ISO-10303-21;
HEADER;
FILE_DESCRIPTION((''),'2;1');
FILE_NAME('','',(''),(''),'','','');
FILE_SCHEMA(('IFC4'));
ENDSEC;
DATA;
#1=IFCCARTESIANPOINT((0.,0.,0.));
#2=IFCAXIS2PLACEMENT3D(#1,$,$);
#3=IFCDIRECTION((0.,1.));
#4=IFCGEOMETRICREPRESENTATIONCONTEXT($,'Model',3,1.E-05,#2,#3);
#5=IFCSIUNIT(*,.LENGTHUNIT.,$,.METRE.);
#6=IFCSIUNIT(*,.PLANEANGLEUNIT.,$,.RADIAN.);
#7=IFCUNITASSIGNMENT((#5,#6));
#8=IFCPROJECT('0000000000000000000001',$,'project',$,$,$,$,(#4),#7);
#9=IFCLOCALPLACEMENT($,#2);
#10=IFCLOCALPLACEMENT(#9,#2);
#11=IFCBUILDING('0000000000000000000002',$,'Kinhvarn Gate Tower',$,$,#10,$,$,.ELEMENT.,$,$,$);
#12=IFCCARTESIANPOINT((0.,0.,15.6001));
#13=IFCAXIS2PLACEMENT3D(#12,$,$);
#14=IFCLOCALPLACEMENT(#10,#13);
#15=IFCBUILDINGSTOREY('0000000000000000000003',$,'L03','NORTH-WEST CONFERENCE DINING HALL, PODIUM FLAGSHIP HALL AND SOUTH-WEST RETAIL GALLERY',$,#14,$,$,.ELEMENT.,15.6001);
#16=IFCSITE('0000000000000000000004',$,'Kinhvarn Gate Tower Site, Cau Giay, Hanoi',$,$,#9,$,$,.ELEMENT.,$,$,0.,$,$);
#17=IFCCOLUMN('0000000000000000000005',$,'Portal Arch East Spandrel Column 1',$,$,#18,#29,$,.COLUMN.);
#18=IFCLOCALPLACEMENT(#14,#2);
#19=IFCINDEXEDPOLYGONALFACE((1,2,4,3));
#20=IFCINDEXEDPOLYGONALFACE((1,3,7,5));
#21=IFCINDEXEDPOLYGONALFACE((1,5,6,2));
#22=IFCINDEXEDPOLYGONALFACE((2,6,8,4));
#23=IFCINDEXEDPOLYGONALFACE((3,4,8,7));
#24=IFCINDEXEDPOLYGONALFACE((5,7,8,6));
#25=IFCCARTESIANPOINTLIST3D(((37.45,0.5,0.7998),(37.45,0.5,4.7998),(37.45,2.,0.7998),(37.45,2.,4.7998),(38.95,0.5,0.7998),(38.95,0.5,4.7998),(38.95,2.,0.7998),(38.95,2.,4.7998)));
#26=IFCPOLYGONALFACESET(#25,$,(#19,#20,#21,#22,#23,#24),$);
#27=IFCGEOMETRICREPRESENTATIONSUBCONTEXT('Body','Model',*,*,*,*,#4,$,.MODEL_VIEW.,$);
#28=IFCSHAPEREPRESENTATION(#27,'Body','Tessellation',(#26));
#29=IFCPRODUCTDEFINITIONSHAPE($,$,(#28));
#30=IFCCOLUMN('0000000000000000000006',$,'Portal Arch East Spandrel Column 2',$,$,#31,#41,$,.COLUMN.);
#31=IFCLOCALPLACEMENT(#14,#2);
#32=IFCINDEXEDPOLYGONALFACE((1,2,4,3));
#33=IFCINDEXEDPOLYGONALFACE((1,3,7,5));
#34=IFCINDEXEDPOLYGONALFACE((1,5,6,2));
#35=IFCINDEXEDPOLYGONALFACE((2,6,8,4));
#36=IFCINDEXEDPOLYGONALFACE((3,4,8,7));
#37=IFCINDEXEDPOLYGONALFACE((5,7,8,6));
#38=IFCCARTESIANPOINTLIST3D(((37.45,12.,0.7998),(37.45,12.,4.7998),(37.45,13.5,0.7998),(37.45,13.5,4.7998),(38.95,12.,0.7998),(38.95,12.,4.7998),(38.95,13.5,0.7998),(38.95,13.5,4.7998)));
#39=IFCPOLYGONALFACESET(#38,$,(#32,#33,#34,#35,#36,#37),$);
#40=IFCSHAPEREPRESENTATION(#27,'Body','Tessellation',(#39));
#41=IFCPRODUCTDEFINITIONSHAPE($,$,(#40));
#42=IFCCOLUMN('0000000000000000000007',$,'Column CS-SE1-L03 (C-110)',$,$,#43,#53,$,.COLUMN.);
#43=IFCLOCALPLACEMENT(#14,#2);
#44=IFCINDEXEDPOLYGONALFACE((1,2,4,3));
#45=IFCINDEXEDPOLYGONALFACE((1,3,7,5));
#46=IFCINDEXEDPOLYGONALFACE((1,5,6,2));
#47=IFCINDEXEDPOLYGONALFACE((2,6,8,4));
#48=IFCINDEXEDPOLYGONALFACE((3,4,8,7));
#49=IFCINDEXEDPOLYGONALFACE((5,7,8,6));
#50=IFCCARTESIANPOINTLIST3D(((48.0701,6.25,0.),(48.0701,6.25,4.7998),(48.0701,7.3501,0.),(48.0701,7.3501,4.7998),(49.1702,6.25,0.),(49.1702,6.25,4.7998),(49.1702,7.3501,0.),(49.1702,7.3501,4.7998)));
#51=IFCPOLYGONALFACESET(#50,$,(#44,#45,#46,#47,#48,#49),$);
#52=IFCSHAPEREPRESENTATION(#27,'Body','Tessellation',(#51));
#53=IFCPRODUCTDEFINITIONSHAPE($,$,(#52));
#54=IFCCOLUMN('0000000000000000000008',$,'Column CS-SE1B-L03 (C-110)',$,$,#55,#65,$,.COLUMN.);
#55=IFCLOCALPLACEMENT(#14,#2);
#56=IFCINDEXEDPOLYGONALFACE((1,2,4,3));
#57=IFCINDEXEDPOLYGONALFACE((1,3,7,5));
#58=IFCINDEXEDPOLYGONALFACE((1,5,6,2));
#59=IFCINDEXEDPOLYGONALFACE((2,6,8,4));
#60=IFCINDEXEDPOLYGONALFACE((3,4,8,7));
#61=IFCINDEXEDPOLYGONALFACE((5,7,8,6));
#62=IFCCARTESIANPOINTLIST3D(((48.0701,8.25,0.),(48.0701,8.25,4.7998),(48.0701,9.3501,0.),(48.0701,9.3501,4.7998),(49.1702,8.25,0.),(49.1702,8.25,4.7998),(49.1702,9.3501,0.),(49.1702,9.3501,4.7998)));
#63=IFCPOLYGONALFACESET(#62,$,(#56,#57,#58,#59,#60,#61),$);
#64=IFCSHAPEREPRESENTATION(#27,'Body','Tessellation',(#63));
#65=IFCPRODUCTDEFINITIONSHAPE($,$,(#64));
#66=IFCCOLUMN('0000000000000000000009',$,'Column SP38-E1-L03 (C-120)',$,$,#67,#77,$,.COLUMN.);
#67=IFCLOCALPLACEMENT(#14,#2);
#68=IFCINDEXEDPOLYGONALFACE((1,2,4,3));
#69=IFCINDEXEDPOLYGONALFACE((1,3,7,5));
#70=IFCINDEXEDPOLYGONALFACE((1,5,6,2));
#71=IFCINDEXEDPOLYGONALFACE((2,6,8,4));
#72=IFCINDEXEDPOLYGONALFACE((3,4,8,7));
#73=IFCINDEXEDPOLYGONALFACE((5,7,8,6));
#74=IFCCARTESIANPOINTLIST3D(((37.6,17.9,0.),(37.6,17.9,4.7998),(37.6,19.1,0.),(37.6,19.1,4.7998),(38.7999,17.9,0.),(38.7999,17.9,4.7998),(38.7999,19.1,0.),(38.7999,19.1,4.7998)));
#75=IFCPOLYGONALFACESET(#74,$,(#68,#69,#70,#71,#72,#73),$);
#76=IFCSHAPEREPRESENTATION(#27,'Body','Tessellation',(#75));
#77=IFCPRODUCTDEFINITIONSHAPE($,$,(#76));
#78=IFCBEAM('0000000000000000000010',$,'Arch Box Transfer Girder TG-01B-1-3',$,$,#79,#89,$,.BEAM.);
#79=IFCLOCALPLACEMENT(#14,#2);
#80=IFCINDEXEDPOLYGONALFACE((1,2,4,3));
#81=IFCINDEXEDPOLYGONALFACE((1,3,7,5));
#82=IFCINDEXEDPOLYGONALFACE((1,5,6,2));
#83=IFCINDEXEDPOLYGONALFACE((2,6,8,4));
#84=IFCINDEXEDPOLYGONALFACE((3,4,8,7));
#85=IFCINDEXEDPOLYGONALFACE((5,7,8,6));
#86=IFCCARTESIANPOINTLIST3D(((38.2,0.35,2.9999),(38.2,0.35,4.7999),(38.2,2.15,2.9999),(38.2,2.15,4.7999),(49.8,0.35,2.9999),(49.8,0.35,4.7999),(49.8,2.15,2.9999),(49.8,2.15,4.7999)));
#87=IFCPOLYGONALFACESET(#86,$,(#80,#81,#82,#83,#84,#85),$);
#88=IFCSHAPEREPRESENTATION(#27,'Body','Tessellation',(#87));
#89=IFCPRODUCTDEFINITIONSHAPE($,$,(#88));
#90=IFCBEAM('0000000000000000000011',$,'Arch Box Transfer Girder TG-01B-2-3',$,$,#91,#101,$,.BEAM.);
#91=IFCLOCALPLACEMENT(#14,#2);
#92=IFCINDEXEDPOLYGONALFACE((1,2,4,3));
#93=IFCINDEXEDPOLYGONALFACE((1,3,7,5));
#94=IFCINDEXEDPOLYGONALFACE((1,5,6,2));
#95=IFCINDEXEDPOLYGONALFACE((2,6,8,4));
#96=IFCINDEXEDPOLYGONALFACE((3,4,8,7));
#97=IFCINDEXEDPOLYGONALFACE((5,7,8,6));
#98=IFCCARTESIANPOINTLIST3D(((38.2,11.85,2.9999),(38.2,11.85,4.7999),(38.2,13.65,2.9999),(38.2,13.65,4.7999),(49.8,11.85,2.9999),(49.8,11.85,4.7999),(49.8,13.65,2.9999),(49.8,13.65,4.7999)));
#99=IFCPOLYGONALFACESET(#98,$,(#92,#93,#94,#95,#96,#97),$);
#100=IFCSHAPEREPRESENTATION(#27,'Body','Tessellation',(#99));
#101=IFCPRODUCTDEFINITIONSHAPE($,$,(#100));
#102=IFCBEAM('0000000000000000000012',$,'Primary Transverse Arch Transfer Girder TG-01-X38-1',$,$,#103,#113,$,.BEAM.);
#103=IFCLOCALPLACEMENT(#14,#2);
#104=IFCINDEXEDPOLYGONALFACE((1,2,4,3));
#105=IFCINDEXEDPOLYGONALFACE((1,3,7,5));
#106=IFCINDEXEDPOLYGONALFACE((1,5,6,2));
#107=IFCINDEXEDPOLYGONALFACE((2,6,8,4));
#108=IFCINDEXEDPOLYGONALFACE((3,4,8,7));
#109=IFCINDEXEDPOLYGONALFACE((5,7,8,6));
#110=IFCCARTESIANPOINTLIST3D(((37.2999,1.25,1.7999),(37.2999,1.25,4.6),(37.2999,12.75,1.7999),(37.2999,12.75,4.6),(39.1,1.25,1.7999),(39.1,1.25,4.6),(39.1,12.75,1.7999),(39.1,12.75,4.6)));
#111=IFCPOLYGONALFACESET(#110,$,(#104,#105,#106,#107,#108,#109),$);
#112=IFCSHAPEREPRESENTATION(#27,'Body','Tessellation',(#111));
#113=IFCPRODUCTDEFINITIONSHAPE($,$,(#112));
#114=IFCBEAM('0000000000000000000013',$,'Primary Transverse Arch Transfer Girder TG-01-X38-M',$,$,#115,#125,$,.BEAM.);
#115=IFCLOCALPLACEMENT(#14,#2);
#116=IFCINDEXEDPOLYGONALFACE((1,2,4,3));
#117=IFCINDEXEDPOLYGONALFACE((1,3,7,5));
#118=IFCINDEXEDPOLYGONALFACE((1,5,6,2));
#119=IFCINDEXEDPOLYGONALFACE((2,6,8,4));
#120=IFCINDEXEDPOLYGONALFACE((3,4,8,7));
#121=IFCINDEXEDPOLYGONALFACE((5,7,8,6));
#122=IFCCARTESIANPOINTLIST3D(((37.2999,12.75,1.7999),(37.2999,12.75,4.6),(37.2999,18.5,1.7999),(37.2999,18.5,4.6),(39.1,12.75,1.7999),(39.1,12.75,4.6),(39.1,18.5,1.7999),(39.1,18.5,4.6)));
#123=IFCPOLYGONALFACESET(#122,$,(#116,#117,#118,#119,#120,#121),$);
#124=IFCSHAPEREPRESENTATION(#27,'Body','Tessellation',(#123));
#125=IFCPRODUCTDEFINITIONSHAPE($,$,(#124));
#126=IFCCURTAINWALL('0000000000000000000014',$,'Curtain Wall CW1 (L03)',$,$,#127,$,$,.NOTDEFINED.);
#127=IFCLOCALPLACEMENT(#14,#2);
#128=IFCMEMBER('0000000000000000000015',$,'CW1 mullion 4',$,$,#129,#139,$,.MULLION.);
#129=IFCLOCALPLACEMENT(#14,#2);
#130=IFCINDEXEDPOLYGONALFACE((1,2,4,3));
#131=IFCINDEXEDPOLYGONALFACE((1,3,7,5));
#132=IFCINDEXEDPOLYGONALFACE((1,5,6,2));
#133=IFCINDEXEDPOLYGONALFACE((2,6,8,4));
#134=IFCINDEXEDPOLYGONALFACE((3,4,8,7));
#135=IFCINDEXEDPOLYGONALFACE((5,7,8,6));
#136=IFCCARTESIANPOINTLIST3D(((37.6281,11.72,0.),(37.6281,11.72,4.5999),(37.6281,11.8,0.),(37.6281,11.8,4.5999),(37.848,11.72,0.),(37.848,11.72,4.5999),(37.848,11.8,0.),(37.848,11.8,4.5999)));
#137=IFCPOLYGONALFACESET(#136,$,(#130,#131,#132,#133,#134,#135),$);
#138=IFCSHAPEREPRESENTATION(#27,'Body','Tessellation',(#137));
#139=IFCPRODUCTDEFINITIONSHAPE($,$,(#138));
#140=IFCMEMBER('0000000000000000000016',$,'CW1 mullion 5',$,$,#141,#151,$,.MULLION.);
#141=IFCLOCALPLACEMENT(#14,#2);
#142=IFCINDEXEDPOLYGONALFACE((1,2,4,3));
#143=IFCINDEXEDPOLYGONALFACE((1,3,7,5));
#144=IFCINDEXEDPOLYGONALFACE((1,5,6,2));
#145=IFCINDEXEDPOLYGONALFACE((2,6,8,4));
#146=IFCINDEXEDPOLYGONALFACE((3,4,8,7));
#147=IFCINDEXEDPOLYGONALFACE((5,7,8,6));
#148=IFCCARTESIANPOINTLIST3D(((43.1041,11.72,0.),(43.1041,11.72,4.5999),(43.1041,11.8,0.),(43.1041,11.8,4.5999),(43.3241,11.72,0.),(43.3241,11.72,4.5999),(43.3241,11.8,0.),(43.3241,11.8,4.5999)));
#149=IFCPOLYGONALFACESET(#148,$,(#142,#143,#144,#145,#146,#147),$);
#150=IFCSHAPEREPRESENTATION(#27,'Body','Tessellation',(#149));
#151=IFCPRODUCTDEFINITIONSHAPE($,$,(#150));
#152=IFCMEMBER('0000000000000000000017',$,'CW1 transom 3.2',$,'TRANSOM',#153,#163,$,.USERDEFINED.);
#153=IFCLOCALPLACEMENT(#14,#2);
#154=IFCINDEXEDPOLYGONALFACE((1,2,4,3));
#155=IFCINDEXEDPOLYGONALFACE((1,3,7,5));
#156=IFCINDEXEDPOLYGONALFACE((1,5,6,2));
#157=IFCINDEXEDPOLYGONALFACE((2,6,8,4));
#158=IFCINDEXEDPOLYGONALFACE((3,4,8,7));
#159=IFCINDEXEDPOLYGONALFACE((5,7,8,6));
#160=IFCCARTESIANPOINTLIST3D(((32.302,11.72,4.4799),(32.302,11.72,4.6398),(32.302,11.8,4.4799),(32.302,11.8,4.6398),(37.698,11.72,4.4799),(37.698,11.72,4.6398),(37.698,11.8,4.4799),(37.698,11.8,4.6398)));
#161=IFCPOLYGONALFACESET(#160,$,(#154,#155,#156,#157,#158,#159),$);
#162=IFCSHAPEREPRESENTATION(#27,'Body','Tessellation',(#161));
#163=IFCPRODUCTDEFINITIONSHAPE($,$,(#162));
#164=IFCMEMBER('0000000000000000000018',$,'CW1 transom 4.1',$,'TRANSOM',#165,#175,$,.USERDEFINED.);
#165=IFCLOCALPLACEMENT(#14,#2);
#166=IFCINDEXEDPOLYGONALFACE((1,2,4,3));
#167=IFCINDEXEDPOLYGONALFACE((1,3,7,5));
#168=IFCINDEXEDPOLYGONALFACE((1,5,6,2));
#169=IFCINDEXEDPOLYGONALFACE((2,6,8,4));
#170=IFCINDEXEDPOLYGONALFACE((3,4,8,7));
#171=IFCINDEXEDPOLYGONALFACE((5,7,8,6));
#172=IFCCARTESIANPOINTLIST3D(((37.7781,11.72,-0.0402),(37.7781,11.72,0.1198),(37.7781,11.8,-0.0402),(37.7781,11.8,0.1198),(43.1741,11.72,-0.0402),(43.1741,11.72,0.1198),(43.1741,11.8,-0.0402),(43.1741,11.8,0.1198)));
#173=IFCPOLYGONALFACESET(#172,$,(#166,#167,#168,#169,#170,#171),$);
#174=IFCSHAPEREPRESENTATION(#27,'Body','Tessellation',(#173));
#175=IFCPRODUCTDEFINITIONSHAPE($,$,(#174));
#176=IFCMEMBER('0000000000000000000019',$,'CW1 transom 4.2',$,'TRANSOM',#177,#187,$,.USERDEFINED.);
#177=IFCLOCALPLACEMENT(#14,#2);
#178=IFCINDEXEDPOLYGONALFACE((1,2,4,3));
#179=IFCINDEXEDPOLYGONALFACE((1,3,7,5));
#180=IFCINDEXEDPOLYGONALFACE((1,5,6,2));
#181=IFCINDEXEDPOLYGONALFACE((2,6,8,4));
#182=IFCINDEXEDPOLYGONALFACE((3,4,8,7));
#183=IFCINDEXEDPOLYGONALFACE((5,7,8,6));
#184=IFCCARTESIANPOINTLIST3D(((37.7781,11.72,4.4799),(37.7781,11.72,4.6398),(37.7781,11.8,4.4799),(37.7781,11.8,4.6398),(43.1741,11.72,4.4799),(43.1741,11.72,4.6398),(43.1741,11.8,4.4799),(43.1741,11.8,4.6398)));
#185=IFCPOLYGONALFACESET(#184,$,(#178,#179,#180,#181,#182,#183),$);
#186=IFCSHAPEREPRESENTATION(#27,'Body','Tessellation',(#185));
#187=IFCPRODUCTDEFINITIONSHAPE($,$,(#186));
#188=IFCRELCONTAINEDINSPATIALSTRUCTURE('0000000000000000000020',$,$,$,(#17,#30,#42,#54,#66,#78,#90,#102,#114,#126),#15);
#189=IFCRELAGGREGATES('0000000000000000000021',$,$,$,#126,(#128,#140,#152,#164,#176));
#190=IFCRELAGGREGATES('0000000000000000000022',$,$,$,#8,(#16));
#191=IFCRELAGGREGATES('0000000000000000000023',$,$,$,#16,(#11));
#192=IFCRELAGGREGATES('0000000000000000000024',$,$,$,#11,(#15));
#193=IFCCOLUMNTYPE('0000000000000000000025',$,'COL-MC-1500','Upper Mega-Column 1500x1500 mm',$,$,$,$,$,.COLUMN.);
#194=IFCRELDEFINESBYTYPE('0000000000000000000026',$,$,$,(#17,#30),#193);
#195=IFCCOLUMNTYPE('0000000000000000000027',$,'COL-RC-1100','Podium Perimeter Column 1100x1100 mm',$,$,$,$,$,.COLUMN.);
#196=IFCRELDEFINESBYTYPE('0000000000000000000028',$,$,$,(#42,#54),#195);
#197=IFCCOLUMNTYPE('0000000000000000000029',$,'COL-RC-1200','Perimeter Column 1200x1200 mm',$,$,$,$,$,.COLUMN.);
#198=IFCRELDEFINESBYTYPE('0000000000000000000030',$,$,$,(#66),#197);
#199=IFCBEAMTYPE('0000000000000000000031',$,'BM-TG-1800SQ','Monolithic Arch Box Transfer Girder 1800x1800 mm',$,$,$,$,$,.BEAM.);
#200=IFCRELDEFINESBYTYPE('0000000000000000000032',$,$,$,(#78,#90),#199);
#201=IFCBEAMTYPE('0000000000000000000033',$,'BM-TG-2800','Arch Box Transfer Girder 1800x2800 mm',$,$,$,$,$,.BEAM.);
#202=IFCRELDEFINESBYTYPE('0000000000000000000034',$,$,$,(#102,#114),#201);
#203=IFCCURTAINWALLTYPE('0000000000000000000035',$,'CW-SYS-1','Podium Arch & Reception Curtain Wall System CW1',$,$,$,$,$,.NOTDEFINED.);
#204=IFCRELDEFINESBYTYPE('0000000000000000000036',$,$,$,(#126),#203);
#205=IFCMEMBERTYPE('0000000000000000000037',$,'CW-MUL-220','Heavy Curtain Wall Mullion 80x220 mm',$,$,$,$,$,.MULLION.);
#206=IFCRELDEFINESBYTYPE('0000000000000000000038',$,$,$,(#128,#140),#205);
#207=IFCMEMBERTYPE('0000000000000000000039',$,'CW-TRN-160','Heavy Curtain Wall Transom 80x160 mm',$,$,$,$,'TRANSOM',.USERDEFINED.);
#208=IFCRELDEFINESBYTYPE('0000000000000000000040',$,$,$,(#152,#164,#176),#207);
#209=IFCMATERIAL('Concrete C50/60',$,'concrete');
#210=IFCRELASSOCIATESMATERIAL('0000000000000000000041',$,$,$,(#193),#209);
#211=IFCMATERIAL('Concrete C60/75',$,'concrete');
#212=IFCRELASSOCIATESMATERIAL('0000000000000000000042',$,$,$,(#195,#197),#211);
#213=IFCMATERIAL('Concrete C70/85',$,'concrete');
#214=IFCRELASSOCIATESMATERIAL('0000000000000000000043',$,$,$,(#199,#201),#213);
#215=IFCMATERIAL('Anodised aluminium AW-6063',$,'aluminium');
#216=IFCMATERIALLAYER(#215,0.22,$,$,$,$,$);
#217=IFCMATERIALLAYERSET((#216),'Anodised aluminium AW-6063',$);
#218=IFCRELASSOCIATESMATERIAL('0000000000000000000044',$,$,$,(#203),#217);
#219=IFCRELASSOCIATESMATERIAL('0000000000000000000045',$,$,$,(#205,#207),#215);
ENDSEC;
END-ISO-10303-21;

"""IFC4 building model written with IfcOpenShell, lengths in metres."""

from ifc_helpers import new_model, si_unit, direction, frame, origin, origin_2d, place, context, subcontext, project, spatial, rectangle, extrude, material, layer, layer_set, material_profile, profile_set, type_object, element, aggregate, save


model = new_model("IFC4")

# Units and contexts
model_context = context("Model", 3, precision=1e-05, world=origin(), true_north=direction((0.0, 1.0)))
body_context = subcontext(model_context, "Body", "Model", "MODEL_VIEW")
ifc_project = project(units=[si_unit("LENGTHUNIT", "METRE"), si_unit("PLANEANGLEUNIT", "RADIAN")], contexts=[model_context])

# Site, building, storey
site_placement = place(None, origin())
site = spatial("IfcSite", under=ifc_project, at=site_placement, Name="Kinhvarn Gate Tower Site, Cau Giay, Hanoi", CompositionType="ELEMENT", RefElevation=0.0)
building_placement = place(site_placement, origin())
building = spatial("IfcBuilding", under=site, at=building_placement, Name="Kinhvarn Gate Tower", CompositionType="ELEMENT")
storey_placement = place(building_placement, frame((0.0, 0.0, 15.6001)))
storey = spatial("IfcBuildingStorey", under=building, at=storey_placement, Name="L03", Description="NORTH-WEST CONFERENCE DINING HALL, PODIUM FLAGSHIP HALL AND SOUTH-WEST RETAIL GALLERY", CompositionType="ELEMENT", Elevation=15.6001)

# Columns
ifc_material_1 = material(Name="Concrete C50/60", Category="concrete")
ifc_material_profile_1 = material_profile(ifc_material_1, rectangle(XDim=1.5, YDim=1.5, at=origin_2d()), Name="RC 1500x1500")
ifc_profile_set_1 = profile_set([ifc_material_profile_1], Name="Concrete C50/60")
column_type_1 = type_object("IfcColumnType", Name="COL-MC-1500", Description="Upper Mega-Column 1500x1500 mm", PredefinedType="COLUMN", material=ifc_profile_set_1)
for number, where, z_axis, x_axis, name in (
    (1, (38.2, 1.25, 0.7998), (0.0, 0.0, 1.0), (1.0, 0.0, 0.0), "Portal Arch East Spandrel Column 1"),
    (2, (38.2, 12.75, 0.7998), (0.0, 0.0, 1.0), (1.0, 0.0, 0.0), "Portal Arch East Spandrel Column 2"),
):
    element("IfcColumn", number, at=place(storey_placement, frame(where, z_axis=z_axis, x_axis=x_axis)), inside=storey, type_object=column_type_1, Name=name, PredefinedType="COLUMN", context=body_context, shape_type="SweptSolid", body=[
        extrude(rectangle(XDim=1.5, YDim=1.5, at=origin_2d()), origin(), (0.0, 0.0, 1.0), 4.0),
    ])
ifc_material_2 = material(Name="Concrete C60/75", Category="concrete")
ifc_material_profile_2 = material_profile(ifc_material_2, rectangle(XDim=1.1001, YDim=1.1001, at=origin_2d()), Name="RC 1100x1100")
ifc_profile_set_2 = profile_set([ifc_material_profile_2], Name="Concrete C60/75")
column_type_2 = type_object("IfcColumnType", Name="COL-RC-1100", Description="Podium Perimeter Column 1100x1100 mm", PredefinedType="COLUMN", material=ifc_profile_set_2)
for number, where, z_axis, x_axis, name in (
    (3, (48.6201, 6.8, 0.0), (0.0, 0.0, 1.0), (1.0, 0.0, 0.0), "Column CS-SE1-L03 (C-110)"),
    (4, (48.6201, 8.8, 0.0), (0.0, 0.0, 1.0), (1.0, 0.0, 0.0), "Column CS-SE1B-L03 (C-110)"),
):
    element("IfcColumn", number, at=place(storey_placement, frame(where, z_axis=z_axis, x_axis=x_axis)), inside=storey, type_object=column_type_2, Name=name, PredefinedType="COLUMN", context=body_context, shape_type="SweptSolid", body=[
        extrude(rectangle(XDim=1.1001, YDim=1.1001, at=origin_2d()), origin(), (0.0, 0.0, 1.0), 4.7998),
    ])
ifc_material_profile_3 = material_profile(ifc_material_2, rectangle(XDim=1.2, YDim=1.2, at=origin_2d()), Name="RC 1200x1200")
ifc_profile_set_3 = profile_set([ifc_material_profile_3], Name="Concrete C60/75")
column_type_3 = type_object("IfcColumnType", Name="COL-RC-1200", Description="Perimeter Column 1200x1200 mm", PredefinedType="COLUMN", material=ifc_profile_set_3)
column_placement = place(storey_placement, frame((38.2, 18.5, 0.0), z_axis=(0.0, 0.0, 1.0), x_axis=(1.0, 0.0, 0.0)))
element("IfcColumn", 5, at=column_placement, inside=storey, type_object=column_type_3, Name="Column SP38-E1-L03 (C-120)", PredefinedType="COLUMN", context=body_context, shape_type="SweptSolid", body=[
    extrude(rectangle(XDim=1.2, YDim=1.2, at=origin_2d()), origin(), (0.0, 0.0, 1.0), 4.7998),
])

# Beams
ifc_material_3 = material(Name="Concrete C70/85", Category="concrete")
ifc_material_profile_4 = material_profile(ifc_material_3, rectangle(XDim=1.8, YDim=1.8, at=origin_2d()), Name="RC 1800x1800")
ifc_profile_set_4 = profile_set([ifc_material_profile_4], Name="Concrete C70/85")
beam_type_1 = type_object("IfcBeamType", Name="BM-TG-1800SQ", Description="Monolithic Arch Box Transfer Girder 1800x1800 mm", PredefinedType="BEAM", material=ifc_profile_set_4)
for number, where, z_axis, x_axis, name in (
    (6, (38.2, 1.25, 3.8999), (1.0, 0.0, 0.0), (0.0, 1.0, 0.0), "Arch Box Transfer Girder TG-01B-1-3"),
    (7, (38.2, 12.75, 3.8999), (1.0, 0.0, 0.0), (0.0, 1.0, 0.0), "Arch Box Transfer Girder TG-01B-2-3"),
):
    element("IfcBeam", number, at=place(storey_placement, frame(where, z_axis=z_axis, x_axis=x_axis)), inside=storey, type_object=beam_type_1, Name=name, PredefinedType="BEAM", context=body_context, shape_type="SweptSolid", body=[
        extrude(rectangle(XDim=1.8, YDim=1.8, at=origin_2d()), origin(), (0.0, 0.0, 1.0), 11.6001),
    ])
ifc_material_profile_5 = material_profile(ifc_material_3, rectangle(XDim=1.8, YDim=2.8, at=origin_2d()), Name="RC 1800x2800")
ifc_profile_set_5 = profile_set([ifc_material_profile_5], Name="Concrete C70/85")
beam_type_2 = type_object("IfcBeamType", Name="BM-TG-2800", Description="Arch Box Transfer Girder 1800x2800 mm", PredefinedType="BEAM", material=ifc_profile_set_5)
beam_1_placement = place(storey_placement, frame((38.2, 1.25, 3.2), z_axis=(0.0, 1.0, 0.0), x_axis=(-1.0, 0.0, 0.0)))
element("IfcBeam", 8, at=beam_1_placement, inside=storey, type_object=beam_type_2, Name="Primary Transverse Arch Transfer Girder TG-01-X38-1", PredefinedType="BEAM", context=body_context, shape_type="SweptSolid", body=[
    extrude(rectangle(XDim=1.8, YDim=2.8, at=origin_2d()), origin(), (0.0, 0.0, 1.0), 11.5),
])
beam_2_placement = place(storey_placement, frame((38.2, 12.75, 3.2), z_axis=(0.0, 1.0, 0.0), x_axis=(-1.0, 0.0, 0.0)))
element("IfcBeam", 9, at=beam_2_placement, inside=storey, type_object=beam_type_2, Name="Primary Transverse Arch Transfer Girder TG-01-X38-M", PredefinedType="BEAM", context=body_context, shape_type="SweptSolid", body=[
    extrude(rectangle(XDim=1.8, YDim=2.8, at=origin_2d()), origin(), (0.0, 0.0, 1.0), 5.75),
])

# Curtain wall, members
ifc_material_4 = material(Name="Anodised aluminium AW-6063", Category="aluminium")
ifc_layer_1 = layer(ifc_material_4, 0.22)
ifc_layer_set_1 = layer_set([ifc_layer_1], Name="Anodised aluminium AW-6063")
curtain_wall_type = type_object("IfcCurtainWallType", Name="CW-SYS-1", Description="Podium Arch & Reception Curtain Wall System CW1", PredefinedType="NOTDEFINED", material=ifc_layer_set_1)
curtain_wall_placement = place(storey_placement, origin())
curtain_wall = element("IfcCurtainWall", 10, at=curtain_wall_placement, inside=storey, type_object=curtain_wall_type, Name="Curtain Wall CW1 (L03)", PredefinedType="NOTDEFINED")
ifc_material_profile_6 = material_profile(ifc_material_4, rectangle(XDim=0.0801, YDim=0.22, at=origin_2d()), Name="ALU 80x220")
ifc_profile_set_6 = profile_set([ifc_material_profile_6], Name="Anodised aluminium AW-6063")
member_type_1 = type_object("IfcMemberType", Name="CW-MUL-220", Description="Heavy Curtain Wall Mullion 80x220 mm", PredefinedType="MULLION", material=ifc_profile_set_6)
member_1_placement = place(storey_placement, frame((37.738, 11.76, 0.0), z_axis=(0.0, 0.0, 1.0), x_axis=(0.0, 1.0, 0.0)))
member_1 = element("IfcMember", 11, at=member_1_placement, type_object=member_type_1, Name="CW1 mullion 4", PredefinedType="MULLION", context=body_context, shape_type="SweptSolid", body=[
    extrude(rectangle(XDim=0.0801, YDim=0.22, at=origin_2d()), origin(), (0.0, 0.0, 1.0), 4.5999),
])
member_2_placement = place(storey_placement, frame((43.2141, 11.76, 0.0), z_axis=(0.0, 0.0, 1.0), x_axis=(0.0, 1.0, 0.0)))
member_2 = element("IfcMember", 12, at=member_2_placement, type_object=member_type_1, Name="CW1 mullion 5", PredefinedType="MULLION", context=body_context, shape_type="SweptSolid", body=[
    extrude(rectangle(XDim=0.0801, YDim=0.22, at=origin_2d()), origin(), (0.0, 0.0, 1.0), 4.5999),
])
ifc_material_profile_7 = material_profile(ifc_material_4, rectangle(XDim=0.0801, YDim=0.1599, at=origin_2d()), Name="ALU 80x160")
ifc_profile_set_7 = profile_set([ifc_material_profile_7], Name="Anodised aluminium AW-6063")
member_type_2 = type_object("IfcMemberType", Name="CW-TRN-160", Description="Heavy Curtain Wall Transom 80x160 mm", ElementType="TRANSOM", PredefinedType="USERDEFINED", material=ifc_profile_set_7)
member_3_placement = place(storey_placement, frame((32.302, 11.76, 4.5598), z_axis=(1.0, 0.0, 0.0), x_axis=(0.0, 1.0, 0.0)))
member_3 = element("IfcMember", 13, at=member_3_placement, type_object=member_type_2, Name="CW1 transom 3.2", ObjectType="TRANSOM", PredefinedType="USERDEFINED", context=body_context, shape_type="SweptSolid", body=[
    extrude(rectangle(XDim=0.0801, YDim=0.1599, at=origin_2d()), origin(), (0.0, 0.0, 1.0), 5.396),
])
member_4_placement = place(storey_placement, frame((37.7781, 11.76, 0.0398), z_axis=(1.0, 0.0, 0.0), x_axis=(0.0, 1.0, 0.0)))
member_4 = element("IfcMember", 14, at=member_4_placement, type_object=member_type_2, Name="CW1 transom 4.1", ObjectType="TRANSOM", PredefinedType="USERDEFINED", context=body_context, shape_type="SweptSolid", body=[
    extrude(rectangle(XDim=0.0801, YDim=0.1599, at=origin_2d()), origin(), (0.0, 0.0, 1.0), 5.396),
])
member_5_placement = place(storey_placement, frame((37.7781, 11.76, 4.5598), z_axis=(1.0, 0.0, 0.0), x_axis=(0.0, 1.0, 0.0)))
member_5 = element("IfcMember", 15, at=member_5_placement, type_object=member_type_2, Name="CW1 transom 4.2", ObjectType="TRANSOM", PredefinedType="USERDEFINED", context=body_context, shape_type="SweptSolid", body=[
    extrude(rectangle(XDim=0.0801, YDim=0.1599, at=origin_2d()), origin(), (0.0, 0.0, 1.0), 5.396),
])

aggregate(curtain_wall, [member_1, member_2, member_3, member_4, member_5])

save(model, "model.ifc")
